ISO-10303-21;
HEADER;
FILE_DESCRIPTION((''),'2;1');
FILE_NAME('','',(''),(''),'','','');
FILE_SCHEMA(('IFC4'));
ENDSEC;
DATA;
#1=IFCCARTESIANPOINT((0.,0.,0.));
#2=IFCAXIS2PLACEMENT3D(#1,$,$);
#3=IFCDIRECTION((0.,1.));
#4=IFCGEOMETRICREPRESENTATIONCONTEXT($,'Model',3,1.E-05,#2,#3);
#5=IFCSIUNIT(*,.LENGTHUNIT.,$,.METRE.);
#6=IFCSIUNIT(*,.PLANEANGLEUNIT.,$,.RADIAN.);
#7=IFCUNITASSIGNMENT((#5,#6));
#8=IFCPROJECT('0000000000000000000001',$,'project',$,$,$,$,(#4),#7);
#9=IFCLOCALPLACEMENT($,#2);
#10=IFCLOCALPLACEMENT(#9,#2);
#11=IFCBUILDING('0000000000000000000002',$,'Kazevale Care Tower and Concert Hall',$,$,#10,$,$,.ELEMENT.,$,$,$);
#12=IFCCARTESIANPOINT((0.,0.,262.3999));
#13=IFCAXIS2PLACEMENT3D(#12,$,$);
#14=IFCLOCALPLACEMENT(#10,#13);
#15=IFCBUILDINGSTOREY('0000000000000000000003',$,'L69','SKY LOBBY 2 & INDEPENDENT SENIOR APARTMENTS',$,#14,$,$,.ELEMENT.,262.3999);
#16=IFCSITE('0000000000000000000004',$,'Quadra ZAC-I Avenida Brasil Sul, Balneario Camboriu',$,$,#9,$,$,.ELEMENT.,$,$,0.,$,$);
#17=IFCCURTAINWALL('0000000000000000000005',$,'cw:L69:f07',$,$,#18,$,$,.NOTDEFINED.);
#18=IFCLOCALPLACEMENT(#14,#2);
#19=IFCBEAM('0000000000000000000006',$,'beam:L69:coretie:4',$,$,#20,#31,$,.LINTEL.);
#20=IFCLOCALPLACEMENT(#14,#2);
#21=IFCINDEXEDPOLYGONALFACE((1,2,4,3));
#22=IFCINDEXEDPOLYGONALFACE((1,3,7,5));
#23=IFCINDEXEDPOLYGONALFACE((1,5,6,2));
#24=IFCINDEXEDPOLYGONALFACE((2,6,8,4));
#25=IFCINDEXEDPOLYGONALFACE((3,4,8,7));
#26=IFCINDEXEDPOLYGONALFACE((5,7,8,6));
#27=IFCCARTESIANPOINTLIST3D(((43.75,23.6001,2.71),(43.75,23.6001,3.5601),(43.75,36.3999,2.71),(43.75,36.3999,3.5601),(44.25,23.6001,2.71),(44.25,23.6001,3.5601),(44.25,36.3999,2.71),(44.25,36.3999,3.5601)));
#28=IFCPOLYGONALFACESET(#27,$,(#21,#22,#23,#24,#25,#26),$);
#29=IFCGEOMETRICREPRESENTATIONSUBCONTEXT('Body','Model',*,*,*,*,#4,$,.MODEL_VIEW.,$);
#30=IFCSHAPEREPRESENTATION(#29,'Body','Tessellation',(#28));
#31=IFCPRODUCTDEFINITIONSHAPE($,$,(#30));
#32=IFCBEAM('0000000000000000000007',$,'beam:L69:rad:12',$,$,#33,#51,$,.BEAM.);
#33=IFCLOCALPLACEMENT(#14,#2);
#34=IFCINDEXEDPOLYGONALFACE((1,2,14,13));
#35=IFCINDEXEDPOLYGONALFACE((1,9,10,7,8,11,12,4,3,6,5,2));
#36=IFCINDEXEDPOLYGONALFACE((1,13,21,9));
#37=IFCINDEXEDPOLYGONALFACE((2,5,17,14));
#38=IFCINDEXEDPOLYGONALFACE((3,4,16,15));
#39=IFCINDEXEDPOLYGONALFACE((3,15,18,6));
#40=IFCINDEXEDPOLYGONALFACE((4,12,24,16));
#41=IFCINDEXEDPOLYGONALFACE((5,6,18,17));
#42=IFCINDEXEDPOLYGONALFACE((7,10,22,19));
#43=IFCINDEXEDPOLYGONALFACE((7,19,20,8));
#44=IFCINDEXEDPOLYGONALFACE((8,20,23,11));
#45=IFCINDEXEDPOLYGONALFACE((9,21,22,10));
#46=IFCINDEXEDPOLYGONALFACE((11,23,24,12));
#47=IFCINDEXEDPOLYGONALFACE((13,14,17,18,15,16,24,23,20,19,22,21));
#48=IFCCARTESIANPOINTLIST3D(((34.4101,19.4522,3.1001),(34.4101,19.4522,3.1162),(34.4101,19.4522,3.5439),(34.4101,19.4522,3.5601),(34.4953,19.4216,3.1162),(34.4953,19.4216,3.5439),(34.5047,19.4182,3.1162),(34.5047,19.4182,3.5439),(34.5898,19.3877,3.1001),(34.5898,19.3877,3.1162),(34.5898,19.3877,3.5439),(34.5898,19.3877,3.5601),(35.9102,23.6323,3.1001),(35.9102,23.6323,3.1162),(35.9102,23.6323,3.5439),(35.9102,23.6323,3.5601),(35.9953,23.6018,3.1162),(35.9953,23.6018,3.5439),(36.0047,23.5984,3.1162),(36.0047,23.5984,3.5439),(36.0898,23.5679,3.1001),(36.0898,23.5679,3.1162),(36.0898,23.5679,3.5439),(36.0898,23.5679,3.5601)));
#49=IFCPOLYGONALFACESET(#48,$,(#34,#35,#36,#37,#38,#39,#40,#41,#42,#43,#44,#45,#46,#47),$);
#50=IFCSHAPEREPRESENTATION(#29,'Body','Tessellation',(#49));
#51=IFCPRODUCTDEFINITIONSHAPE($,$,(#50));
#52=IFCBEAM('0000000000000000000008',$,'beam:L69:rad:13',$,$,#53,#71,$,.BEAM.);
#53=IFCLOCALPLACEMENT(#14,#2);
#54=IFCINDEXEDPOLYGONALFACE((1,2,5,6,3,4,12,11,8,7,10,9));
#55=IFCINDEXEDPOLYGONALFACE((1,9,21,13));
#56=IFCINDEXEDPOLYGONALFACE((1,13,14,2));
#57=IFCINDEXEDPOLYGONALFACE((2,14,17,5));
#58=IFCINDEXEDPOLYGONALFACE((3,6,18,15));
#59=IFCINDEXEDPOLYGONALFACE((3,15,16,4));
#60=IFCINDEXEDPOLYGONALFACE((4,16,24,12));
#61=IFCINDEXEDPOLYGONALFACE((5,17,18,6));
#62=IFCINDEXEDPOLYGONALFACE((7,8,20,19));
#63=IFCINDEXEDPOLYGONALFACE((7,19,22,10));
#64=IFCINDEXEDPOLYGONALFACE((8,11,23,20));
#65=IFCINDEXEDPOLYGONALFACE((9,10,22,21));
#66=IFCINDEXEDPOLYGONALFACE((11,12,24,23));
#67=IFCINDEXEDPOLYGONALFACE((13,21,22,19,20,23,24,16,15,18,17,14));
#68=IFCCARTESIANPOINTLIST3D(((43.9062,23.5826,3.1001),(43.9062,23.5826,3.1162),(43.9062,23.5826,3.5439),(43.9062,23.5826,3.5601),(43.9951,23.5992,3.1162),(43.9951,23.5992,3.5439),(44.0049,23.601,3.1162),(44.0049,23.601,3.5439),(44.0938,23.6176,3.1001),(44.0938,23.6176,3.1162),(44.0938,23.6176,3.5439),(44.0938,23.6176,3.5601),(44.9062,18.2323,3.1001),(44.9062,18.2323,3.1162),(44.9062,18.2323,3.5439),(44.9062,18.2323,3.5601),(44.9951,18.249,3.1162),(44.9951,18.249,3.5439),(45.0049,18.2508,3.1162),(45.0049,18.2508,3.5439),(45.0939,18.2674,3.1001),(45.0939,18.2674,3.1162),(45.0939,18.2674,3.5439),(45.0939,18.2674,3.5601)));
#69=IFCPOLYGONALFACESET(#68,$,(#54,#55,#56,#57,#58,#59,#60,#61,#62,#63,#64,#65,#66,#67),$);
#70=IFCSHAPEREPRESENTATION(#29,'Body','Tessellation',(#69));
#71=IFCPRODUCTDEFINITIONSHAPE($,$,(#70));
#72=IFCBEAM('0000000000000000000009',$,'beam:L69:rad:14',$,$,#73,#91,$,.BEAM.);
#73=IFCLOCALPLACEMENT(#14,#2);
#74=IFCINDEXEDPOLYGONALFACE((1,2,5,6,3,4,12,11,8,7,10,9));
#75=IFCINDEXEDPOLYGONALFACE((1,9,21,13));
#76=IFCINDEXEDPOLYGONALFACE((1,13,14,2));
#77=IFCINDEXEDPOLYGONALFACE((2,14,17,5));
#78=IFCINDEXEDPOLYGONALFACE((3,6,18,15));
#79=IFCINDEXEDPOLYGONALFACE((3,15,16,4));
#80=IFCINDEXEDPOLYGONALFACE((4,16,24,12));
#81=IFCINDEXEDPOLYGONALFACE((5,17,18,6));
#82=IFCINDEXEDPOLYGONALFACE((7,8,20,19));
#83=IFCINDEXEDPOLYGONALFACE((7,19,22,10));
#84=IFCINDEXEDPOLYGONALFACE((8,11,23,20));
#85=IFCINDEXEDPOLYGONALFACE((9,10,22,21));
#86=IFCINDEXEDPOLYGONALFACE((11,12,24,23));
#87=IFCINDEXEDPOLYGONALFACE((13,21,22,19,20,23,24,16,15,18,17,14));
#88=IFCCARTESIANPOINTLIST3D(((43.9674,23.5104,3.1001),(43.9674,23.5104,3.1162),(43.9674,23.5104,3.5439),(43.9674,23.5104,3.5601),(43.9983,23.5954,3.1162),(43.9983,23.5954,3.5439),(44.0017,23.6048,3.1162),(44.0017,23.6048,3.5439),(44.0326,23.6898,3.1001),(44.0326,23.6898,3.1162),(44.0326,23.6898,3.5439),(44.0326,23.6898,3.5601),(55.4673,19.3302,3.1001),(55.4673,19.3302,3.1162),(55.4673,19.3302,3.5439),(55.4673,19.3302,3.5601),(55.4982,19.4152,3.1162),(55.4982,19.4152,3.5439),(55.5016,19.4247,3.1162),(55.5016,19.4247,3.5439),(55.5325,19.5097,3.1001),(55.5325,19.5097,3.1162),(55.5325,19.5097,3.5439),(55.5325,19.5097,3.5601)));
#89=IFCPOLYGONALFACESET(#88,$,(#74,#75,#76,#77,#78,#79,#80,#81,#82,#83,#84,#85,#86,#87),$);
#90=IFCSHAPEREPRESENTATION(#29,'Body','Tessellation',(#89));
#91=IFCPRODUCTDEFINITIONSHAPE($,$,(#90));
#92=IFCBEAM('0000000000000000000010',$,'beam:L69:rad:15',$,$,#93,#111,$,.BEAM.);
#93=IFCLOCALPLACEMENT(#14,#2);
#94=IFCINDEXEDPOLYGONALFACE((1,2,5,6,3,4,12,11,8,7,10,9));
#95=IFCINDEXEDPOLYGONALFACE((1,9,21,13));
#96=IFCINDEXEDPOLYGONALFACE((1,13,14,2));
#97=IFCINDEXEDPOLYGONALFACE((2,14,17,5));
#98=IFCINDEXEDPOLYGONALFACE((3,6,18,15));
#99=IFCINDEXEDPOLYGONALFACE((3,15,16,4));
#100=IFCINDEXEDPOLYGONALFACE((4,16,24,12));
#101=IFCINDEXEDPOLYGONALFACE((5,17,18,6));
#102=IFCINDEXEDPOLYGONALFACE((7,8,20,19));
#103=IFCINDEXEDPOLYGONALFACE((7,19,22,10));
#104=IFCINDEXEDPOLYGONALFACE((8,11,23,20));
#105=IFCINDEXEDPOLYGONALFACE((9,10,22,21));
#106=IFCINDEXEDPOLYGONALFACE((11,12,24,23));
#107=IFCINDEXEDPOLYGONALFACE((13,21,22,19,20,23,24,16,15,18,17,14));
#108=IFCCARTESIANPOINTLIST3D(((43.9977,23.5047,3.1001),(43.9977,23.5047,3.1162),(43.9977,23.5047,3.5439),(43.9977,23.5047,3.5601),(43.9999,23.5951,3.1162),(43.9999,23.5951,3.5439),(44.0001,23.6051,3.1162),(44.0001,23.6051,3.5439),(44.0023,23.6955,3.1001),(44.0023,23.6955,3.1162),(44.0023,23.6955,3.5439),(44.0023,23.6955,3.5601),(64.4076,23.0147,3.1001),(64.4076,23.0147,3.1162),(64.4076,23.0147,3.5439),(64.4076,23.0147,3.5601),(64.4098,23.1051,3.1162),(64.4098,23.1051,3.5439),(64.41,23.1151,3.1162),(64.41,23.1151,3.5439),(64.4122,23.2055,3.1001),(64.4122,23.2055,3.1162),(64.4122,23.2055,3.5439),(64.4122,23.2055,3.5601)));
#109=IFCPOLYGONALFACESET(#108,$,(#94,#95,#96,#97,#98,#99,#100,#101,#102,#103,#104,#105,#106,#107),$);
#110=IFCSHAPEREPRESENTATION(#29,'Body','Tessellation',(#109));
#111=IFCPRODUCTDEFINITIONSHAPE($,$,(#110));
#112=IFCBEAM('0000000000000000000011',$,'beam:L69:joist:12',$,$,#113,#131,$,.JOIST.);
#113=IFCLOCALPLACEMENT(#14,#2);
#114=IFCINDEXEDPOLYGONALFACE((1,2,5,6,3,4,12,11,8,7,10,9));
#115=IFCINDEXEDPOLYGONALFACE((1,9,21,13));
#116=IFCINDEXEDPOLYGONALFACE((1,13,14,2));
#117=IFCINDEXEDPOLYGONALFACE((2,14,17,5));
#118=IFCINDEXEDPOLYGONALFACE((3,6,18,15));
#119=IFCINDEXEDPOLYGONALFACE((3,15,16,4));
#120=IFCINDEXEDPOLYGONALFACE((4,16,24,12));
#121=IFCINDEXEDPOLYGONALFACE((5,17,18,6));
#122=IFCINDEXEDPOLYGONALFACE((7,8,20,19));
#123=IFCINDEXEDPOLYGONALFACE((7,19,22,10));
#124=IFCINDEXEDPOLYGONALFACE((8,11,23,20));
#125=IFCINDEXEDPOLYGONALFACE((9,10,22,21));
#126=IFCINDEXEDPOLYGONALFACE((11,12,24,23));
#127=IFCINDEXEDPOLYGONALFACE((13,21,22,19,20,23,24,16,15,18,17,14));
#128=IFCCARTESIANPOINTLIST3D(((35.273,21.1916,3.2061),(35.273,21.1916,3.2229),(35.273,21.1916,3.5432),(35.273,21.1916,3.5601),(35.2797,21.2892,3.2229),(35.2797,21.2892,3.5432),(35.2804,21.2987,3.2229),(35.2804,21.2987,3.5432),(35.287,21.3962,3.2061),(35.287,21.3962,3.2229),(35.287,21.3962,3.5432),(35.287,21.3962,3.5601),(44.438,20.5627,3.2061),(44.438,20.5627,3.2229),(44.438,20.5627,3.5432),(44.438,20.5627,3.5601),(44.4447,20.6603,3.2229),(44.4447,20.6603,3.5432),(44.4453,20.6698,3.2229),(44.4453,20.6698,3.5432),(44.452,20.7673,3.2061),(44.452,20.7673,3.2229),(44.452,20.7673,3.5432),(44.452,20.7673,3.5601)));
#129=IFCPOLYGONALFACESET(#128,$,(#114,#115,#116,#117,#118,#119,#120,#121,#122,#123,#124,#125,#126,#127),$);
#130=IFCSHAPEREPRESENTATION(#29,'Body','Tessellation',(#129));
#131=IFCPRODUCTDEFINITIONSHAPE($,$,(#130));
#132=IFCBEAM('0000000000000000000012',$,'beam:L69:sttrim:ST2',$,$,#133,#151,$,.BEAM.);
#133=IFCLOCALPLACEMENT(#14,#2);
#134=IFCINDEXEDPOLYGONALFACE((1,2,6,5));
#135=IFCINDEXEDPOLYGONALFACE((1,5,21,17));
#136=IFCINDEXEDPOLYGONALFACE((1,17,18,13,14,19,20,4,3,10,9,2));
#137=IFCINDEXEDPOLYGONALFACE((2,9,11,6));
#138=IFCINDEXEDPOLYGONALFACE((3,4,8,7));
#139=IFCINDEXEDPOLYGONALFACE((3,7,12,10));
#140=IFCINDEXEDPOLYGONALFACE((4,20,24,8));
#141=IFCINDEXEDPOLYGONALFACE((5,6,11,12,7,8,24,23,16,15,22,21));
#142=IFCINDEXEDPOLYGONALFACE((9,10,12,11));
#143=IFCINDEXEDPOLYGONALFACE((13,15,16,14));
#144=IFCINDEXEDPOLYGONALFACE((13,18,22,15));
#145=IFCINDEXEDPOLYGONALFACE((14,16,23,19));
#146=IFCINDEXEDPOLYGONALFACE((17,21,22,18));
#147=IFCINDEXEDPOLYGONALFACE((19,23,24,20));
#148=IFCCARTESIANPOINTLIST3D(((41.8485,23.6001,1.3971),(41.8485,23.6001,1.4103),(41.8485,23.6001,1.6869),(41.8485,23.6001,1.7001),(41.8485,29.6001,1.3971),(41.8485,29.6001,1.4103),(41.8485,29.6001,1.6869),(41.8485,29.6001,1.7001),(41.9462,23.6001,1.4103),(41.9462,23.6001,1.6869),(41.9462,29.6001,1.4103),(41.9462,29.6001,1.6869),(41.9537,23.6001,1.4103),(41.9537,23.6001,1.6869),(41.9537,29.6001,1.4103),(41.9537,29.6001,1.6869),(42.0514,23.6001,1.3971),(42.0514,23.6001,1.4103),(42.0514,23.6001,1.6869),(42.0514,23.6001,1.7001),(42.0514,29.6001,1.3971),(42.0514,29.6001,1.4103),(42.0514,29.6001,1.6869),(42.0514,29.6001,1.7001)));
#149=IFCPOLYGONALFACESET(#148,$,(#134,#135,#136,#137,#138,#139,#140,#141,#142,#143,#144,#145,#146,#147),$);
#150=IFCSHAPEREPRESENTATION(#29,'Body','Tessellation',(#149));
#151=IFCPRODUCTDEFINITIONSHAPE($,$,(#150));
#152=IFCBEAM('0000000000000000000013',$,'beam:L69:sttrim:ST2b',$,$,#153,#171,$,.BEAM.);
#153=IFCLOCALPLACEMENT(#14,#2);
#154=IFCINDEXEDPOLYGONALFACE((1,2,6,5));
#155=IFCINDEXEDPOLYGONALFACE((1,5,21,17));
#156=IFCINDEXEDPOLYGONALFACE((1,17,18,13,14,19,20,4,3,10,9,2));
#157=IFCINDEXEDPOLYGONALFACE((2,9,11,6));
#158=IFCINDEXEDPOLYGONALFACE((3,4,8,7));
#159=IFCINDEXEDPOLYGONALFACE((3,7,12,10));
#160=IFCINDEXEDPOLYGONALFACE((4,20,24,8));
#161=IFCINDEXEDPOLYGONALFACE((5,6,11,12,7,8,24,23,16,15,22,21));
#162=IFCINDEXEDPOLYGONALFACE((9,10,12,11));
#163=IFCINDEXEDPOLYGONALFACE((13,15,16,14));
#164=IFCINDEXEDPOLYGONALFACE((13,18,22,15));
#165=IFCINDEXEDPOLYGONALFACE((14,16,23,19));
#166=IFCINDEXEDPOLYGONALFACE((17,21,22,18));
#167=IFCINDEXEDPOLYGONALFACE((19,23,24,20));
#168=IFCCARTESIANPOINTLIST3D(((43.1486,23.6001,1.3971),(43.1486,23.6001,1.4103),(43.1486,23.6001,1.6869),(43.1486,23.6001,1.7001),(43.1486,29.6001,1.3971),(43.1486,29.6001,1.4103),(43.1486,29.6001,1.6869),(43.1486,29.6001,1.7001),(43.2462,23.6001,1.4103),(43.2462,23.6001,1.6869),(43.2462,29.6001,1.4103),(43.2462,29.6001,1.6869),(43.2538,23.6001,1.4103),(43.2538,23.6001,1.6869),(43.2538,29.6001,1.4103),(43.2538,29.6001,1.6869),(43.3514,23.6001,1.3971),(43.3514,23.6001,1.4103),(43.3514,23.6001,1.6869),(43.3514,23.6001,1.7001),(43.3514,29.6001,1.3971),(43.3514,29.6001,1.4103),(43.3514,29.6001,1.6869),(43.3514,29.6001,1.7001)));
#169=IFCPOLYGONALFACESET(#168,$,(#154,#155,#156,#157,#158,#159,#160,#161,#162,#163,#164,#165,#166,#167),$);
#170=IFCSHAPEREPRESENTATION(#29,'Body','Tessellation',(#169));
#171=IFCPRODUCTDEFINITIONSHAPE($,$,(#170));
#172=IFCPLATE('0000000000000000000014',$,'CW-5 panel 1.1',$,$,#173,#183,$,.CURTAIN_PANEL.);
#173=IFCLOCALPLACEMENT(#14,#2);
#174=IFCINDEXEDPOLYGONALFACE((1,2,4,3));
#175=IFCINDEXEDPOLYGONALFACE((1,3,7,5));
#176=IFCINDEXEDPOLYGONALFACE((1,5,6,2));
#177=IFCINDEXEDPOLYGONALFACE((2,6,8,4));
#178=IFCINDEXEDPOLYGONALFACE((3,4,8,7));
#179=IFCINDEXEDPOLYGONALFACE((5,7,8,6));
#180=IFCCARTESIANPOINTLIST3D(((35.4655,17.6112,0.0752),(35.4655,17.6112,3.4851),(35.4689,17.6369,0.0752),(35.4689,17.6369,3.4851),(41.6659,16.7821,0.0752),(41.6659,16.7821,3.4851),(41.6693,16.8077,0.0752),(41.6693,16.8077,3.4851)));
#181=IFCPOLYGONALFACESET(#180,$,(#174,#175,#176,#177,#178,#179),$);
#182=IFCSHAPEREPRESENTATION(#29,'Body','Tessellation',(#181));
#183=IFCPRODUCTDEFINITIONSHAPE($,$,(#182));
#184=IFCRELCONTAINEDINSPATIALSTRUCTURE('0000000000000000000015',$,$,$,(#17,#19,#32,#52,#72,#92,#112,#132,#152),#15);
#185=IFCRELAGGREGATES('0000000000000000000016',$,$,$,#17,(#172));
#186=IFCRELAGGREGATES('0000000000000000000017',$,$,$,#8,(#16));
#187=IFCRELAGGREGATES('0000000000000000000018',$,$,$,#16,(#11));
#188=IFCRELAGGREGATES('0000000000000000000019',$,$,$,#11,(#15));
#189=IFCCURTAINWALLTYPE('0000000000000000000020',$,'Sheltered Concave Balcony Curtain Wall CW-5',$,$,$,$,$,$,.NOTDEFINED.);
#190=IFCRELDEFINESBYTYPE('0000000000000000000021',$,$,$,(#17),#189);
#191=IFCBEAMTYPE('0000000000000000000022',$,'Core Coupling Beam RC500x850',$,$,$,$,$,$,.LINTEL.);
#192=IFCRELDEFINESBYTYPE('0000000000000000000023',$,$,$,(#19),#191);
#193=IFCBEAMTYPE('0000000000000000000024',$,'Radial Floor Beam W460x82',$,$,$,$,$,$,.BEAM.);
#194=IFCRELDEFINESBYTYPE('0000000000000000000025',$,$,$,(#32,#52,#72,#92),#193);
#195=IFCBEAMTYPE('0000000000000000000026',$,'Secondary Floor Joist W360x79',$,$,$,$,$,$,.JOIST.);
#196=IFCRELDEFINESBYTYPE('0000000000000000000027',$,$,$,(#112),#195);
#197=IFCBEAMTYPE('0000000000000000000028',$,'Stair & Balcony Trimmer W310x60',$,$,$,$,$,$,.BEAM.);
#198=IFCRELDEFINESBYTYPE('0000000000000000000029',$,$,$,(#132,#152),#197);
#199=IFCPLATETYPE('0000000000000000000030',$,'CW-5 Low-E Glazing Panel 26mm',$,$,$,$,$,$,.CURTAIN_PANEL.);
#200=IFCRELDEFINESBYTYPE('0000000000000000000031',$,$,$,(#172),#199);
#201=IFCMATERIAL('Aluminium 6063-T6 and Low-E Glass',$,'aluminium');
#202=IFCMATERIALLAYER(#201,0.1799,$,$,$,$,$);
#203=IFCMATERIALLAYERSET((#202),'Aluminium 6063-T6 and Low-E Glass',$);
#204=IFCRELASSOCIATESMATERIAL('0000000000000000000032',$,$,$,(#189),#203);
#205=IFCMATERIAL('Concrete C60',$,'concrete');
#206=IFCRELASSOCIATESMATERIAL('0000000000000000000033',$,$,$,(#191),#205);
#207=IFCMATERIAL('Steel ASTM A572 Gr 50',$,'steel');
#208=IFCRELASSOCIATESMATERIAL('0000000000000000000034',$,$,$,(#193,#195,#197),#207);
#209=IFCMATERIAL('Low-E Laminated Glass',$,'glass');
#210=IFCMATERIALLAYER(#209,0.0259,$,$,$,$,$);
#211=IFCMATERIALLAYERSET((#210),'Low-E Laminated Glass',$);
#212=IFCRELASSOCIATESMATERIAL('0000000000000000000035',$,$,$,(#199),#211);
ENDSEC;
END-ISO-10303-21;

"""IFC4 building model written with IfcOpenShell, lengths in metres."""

from ifc_helpers import new_model, si_unit, direction, frame, origin, origin_2d, place, context, subcontext, project, spatial, rectangle, i_section, extrude, material, layer, layer_set, material_profile, profile_set, type_object, element, aggregate, save


model = new_model("IFC4")

# Units and contexts
model_context = context("Model", 3, precision=1e-05, world=origin(), true_north=direction((0.0, 1.0)))
body_context = subcontext(model_context, "Body", "Model", "MODEL_VIEW")
ifc_project = project(units=[si_unit("LENGTHUNIT", "METRE"), si_unit("PLANEANGLEUNIT", "RADIAN")], contexts=[model_context])

# Site, building, storey
site_placement = place(None, origin())
site = spatial("IfcSite", under=ifc_project, at=site_placement, Name="Quadra ZAC-I Avenida Brasil Sul, Balneario Camboriu", CompositionType="ELEMENT", RefElevation=0.0)
building_placement = place(site_placement, origin())
building = spatial("IfcBuilding", under=site, at=building_placement, Name="Kazevale Care Tower and Concert Hall", CompositionType="ELEMENT")
storey_placement = place(building_placement, frame((0.0, 0.0, 262.3999)))
storey = spatial("IfcBuildingStorey", under=building, at=storey_placement, Name="L69", Description="SKY LOBBY 2 & INDEPENDENT SENIOR APARTMENTS", CompositionType="ELEMENT", Elevation=262.3999)

# Shared definitions
ifc_material_1 = material(Name="Aluminium 6063-T6 and Low-E Glass", Category="aluminium")
ifc_layer_1 = layer(ifc_material_1, 0.1799)
ifc_layer_set_1 = layer_set([ifc_layer_1], Name="Aluminium 6063-T6 and Low-E Glass")
curtain_wall_type = type_object("IfcCurtainWallType", Name="Sheltered Concave Balcony Curtain Wall CW-5", PredefinedType="NOTDEFINED", material=ifc_layer_set_1)

# Curtain wall
curtain_wall_1_placement = place(storey_placement, origin())
curtain_wall_1 = element("IfcCurtainWall", 1, at=curtain_wall_1_placement, inside=storey, type_object=curtain_wall_type, Name="cw:L69:f07", PredefinedType="NOTDEFINED")

# Beams
ifc_material_2 = material(Name="Concrete C60", Category="concrete")
ifc_material_profile_1 = material_profile(ifc_material_2, rectangle(XDim=0.5, YDim=0.8501, at=origin_2d()), Name="RC-B500x850")
ifc_profile_set_1 = profile_set([ifc_material_profile_1], Name="Concrete C60")
beam_type_1 = type_object("IfcBeamType", Name="Core Coupling Beam RC500x850", PredefinedType="LINTEL", material=ifc_profile_set_1)
beam_1_placement = place(storey_placement, frame((44.0, 23.6001, 3.135), z_axis=(0.0, 1.0, 0.0), x_axis=(-1.0, 0.0, 0.0)))
element("IfcBeam", 2, at=beam_1_placement, inside=storey, type_object=beam_type_1, Name="beam:L69:coretie:4", PredefinedType="LINTEL", context=body_context, shape_type="SweptSolid", body=[
    extrude(rectangle(XDim=0.5, YDim=0.8501, at=origin_2d()), origin(), (0.0, 0.0, 1.0), 12.7998),
])
ifc_material_3 = material(Name="Steel ASTM A572 Gr 50", Category="steel")
ifc_material_profile_2 = material_profile(ifc_material_3, i_section(OverallWidth=0.1909, OverallDepth=0.46, WebThickness=0.01, FlangeThickness=0.0161, at=origin_2d()), Name="W460x82")
ifc_profile_set_2 = profile_set([ifc_material_profile_2], Name="Steel ASTM A572 Gr 50")
beam_type_2 = type_object("IfcBeamType", Name="Radial Floor Beam W460x82", PredefinedType="BEAM", material=ifc_profile_set_2)
beam_2_placement = place(storey_placement, frame((36.0, 23.6001, 3.3301), z_axis=(-0.33775, -0.941236, 0.0), x_axis=(0.941236, -0.33775, 0.0)))
element("IfcBeam", 3, at=beam_2_placement, inside=storey, type_object=beam_type_2, Name="beam:L69:rad:12", PredefinedType="BEAM", context=body_context, shape_type="SweptSolid", body=[
    extrude(i_section(OverallWidth=0.1909, OverallDepth=0.46, WebThickness=0.01, FlangeThickness=0.0161, at=origin_2d()), origin(), (0.0, 0.0, 1.0), 4.4412),
])
beam_3_placement = place(storey_placement, frame((44.0, 23.6001, 3.3301), z_axis=(0.183731, -0.982977, 0.0), x_axis=(0.982977, 0.183731, 0.0)))
element("IfcBeam", 4, at=beam_3_placement, inside=storey, type_object=beam_type_2, Name="beam:L69:rad:13", PredefinedType="BEAM", context=body_context, shape_type="SweptSolid", body=[
    extrude(i_section(OverallWidth=0.1909, OverallDepth=0.46, WebThickness=0.01, FlangeThickness=0.0161, at=origin_2d()), origin(), (0.0, 0.0, 1.0), 5.4429),
])
beam_4_placement = place(storey_placement, frame((44.0, 23.6001, 3.3301), z_axis=(0.939837, -0.341625, 0.0), x_axis=(0.341625, 0.939837, 0.0)))
element("IfcBeam", 5, at=beam_4_placement, inside=storey, type_object=beam_type_2, Name="beam:L69:rad:14", PredefinedType="BEAM", context=body_context, shape_type="SweptSolid", body=[
    extrude(i_section(OverallWidth=0.1909, OverallDepth=0.46, WebThickness=0.01, FlangeThickness=0.0161, at=origin_2d()), origin(), (0.0, 0.0, 1.0), 12.2361),
])
beam_5_placement = place(storey_placement, frame((44.0, 23.6001, 3.3301), z_axis=(0.999712, -0.024001, 0.0), x_axis=(0.024001, 0.999712, 0.0)))
element("IfcBeam", 6, at=beam_5_placement, inside=storey, type_object=beam_type_2, Name="beam:L69:rad:15", PredefinedType="BEAM", context=body_context, shape_type="SweptSolid", body=[
    extrude(i_section(OverallWidth=0.1909, OverallDepth=0.46, WebThickness=0.01, FlangeThickness=0.0161, at=origin_2d()), origin(), (0.0, 0.0, 1.0), 20.4158),
])
ifc_material_profile_3 = material_profile(ifc_material_3, i_section(OverallWidth=0.2051, OverallDepth=0.354, WebThickness=0.0095, FlangeThickness=0.0168, at=origin_2d()), Name="W360x79")
ifc_profile_set_3 = profile_set([ifc_material_profile_3], Name="Steel ASTM A572 Gr 50")
beam_type_3 = type_object("IfcBeamType", Name="Secondary Floor Joist W360x79", PredefinedType="JOIST", material=ifc_profile_set_3)
beam_6_placement = place(storey_placement, frame((35.28, 21.2939, 3.3831), z_axis=(0.997654, -0.068459, 0.0), x_axis=(0.068459, 0.997654, 0.0)))
element("IfcBeam", 7, at=beam_6_placement, inside=storey, type_object=beam_type_3, Name="beam:L69:joist:12", PredefinedType="JOIST", context=body_context, shape_type="SweptSolid", body=[
    extrude(i_section(OverallWidth=0.2051, OverallDepth=0.354, WebThickness=0.0095, FlangeThickness=0.0168, at=origin_2d()), origin(), (0.0, 0.0, 1.0), 9.1865),
])
ifc_material_profile_4 = material_profile(ifc_material_3, i_section(OverallWidth=0.2029, OverallDepth=0.303, WebThickness=0.0076, FlangeThickness=0.0132, at=origin_2d()), Name="W310x60")
ifc_profile_set_4 = profile_set([ifc_material_profile_4], Name="Steel ASTM A572 Gr 50")
beam_type_4 = type_object("IfcBeamType", Name="Stair & Balcony Trimmer W310x60", PredefinedType="BEAM", material=ifc_profile_set_4)
for number, where, z_axis, x_axis, name in (
    (8, (41.95, 23.6001, 1.5486), (0.0, 1.0, 0.0), (-1.0, 0.0, 0.0), "beam:L69:sttrim:ST2"),
    (9, (43.25, 23.6001, 1.5486), (0.0, 1.0, 0.0), (-1.0, 0.0, 0.0), "beam:L69:sttrim:ST2b"),
):
    element("IfcBeam", number, at=place(storey_placement, frame(where, z_axis=z_axis, x_axis=x_axis)), inside=storey, type_object=beam_type_4, Name=name, PredefinedType="BEAM", context=body_context, shape_type="SweptSolid", body=[
        extrude(i_section(OverallWidth=0.2029, OverallDepth=0.303, WebThickness=0.0076, FlangeThickness=0.0132, at=origin_2d()), origin(), (0.0, 0.0, 1.0), 6.0),
    ])

# Plate
ifc_material_4 = material(Name="Low-E Laminated Glass", Category="glass")
ifc_layer_2 = layer(ifc_material_4, 0.0259)
ifc_layer_set_2 = layer_set([ifc_layer_2], Name="Low-E Laminated Glass")
plate_type = type_object("IfcPlateType", Name="CW-5 Low-E Glazing Panel 26mm", PredefinedType="CURTAIN_PANEL", material=ifc_layer_set_2)
plate_placement = place(storey_placement, frame((38.5674, 17.2095, 0.0752), z_axis=(0.0, 0.0, 1.0), x_axis=(-0.991177, 0.132542, 0.0)))
plate = element("IfcPlate", 10, at=plate_placement, type_object=plate_type, Name="CW-5 panel 1.1", PredefinedType="CURTAIN_PANEL", context=body_context, shape_type="SweptSolid", body=[
    extrude(rectangle(XDim=6.2556, YDim=0.0259, at=origin_2d()), origin(), (0.0, 0.0, 1.0), 3.4099),
])
aggregate(curtain_wall_1, [plate])

save(model, "model.ifc")
